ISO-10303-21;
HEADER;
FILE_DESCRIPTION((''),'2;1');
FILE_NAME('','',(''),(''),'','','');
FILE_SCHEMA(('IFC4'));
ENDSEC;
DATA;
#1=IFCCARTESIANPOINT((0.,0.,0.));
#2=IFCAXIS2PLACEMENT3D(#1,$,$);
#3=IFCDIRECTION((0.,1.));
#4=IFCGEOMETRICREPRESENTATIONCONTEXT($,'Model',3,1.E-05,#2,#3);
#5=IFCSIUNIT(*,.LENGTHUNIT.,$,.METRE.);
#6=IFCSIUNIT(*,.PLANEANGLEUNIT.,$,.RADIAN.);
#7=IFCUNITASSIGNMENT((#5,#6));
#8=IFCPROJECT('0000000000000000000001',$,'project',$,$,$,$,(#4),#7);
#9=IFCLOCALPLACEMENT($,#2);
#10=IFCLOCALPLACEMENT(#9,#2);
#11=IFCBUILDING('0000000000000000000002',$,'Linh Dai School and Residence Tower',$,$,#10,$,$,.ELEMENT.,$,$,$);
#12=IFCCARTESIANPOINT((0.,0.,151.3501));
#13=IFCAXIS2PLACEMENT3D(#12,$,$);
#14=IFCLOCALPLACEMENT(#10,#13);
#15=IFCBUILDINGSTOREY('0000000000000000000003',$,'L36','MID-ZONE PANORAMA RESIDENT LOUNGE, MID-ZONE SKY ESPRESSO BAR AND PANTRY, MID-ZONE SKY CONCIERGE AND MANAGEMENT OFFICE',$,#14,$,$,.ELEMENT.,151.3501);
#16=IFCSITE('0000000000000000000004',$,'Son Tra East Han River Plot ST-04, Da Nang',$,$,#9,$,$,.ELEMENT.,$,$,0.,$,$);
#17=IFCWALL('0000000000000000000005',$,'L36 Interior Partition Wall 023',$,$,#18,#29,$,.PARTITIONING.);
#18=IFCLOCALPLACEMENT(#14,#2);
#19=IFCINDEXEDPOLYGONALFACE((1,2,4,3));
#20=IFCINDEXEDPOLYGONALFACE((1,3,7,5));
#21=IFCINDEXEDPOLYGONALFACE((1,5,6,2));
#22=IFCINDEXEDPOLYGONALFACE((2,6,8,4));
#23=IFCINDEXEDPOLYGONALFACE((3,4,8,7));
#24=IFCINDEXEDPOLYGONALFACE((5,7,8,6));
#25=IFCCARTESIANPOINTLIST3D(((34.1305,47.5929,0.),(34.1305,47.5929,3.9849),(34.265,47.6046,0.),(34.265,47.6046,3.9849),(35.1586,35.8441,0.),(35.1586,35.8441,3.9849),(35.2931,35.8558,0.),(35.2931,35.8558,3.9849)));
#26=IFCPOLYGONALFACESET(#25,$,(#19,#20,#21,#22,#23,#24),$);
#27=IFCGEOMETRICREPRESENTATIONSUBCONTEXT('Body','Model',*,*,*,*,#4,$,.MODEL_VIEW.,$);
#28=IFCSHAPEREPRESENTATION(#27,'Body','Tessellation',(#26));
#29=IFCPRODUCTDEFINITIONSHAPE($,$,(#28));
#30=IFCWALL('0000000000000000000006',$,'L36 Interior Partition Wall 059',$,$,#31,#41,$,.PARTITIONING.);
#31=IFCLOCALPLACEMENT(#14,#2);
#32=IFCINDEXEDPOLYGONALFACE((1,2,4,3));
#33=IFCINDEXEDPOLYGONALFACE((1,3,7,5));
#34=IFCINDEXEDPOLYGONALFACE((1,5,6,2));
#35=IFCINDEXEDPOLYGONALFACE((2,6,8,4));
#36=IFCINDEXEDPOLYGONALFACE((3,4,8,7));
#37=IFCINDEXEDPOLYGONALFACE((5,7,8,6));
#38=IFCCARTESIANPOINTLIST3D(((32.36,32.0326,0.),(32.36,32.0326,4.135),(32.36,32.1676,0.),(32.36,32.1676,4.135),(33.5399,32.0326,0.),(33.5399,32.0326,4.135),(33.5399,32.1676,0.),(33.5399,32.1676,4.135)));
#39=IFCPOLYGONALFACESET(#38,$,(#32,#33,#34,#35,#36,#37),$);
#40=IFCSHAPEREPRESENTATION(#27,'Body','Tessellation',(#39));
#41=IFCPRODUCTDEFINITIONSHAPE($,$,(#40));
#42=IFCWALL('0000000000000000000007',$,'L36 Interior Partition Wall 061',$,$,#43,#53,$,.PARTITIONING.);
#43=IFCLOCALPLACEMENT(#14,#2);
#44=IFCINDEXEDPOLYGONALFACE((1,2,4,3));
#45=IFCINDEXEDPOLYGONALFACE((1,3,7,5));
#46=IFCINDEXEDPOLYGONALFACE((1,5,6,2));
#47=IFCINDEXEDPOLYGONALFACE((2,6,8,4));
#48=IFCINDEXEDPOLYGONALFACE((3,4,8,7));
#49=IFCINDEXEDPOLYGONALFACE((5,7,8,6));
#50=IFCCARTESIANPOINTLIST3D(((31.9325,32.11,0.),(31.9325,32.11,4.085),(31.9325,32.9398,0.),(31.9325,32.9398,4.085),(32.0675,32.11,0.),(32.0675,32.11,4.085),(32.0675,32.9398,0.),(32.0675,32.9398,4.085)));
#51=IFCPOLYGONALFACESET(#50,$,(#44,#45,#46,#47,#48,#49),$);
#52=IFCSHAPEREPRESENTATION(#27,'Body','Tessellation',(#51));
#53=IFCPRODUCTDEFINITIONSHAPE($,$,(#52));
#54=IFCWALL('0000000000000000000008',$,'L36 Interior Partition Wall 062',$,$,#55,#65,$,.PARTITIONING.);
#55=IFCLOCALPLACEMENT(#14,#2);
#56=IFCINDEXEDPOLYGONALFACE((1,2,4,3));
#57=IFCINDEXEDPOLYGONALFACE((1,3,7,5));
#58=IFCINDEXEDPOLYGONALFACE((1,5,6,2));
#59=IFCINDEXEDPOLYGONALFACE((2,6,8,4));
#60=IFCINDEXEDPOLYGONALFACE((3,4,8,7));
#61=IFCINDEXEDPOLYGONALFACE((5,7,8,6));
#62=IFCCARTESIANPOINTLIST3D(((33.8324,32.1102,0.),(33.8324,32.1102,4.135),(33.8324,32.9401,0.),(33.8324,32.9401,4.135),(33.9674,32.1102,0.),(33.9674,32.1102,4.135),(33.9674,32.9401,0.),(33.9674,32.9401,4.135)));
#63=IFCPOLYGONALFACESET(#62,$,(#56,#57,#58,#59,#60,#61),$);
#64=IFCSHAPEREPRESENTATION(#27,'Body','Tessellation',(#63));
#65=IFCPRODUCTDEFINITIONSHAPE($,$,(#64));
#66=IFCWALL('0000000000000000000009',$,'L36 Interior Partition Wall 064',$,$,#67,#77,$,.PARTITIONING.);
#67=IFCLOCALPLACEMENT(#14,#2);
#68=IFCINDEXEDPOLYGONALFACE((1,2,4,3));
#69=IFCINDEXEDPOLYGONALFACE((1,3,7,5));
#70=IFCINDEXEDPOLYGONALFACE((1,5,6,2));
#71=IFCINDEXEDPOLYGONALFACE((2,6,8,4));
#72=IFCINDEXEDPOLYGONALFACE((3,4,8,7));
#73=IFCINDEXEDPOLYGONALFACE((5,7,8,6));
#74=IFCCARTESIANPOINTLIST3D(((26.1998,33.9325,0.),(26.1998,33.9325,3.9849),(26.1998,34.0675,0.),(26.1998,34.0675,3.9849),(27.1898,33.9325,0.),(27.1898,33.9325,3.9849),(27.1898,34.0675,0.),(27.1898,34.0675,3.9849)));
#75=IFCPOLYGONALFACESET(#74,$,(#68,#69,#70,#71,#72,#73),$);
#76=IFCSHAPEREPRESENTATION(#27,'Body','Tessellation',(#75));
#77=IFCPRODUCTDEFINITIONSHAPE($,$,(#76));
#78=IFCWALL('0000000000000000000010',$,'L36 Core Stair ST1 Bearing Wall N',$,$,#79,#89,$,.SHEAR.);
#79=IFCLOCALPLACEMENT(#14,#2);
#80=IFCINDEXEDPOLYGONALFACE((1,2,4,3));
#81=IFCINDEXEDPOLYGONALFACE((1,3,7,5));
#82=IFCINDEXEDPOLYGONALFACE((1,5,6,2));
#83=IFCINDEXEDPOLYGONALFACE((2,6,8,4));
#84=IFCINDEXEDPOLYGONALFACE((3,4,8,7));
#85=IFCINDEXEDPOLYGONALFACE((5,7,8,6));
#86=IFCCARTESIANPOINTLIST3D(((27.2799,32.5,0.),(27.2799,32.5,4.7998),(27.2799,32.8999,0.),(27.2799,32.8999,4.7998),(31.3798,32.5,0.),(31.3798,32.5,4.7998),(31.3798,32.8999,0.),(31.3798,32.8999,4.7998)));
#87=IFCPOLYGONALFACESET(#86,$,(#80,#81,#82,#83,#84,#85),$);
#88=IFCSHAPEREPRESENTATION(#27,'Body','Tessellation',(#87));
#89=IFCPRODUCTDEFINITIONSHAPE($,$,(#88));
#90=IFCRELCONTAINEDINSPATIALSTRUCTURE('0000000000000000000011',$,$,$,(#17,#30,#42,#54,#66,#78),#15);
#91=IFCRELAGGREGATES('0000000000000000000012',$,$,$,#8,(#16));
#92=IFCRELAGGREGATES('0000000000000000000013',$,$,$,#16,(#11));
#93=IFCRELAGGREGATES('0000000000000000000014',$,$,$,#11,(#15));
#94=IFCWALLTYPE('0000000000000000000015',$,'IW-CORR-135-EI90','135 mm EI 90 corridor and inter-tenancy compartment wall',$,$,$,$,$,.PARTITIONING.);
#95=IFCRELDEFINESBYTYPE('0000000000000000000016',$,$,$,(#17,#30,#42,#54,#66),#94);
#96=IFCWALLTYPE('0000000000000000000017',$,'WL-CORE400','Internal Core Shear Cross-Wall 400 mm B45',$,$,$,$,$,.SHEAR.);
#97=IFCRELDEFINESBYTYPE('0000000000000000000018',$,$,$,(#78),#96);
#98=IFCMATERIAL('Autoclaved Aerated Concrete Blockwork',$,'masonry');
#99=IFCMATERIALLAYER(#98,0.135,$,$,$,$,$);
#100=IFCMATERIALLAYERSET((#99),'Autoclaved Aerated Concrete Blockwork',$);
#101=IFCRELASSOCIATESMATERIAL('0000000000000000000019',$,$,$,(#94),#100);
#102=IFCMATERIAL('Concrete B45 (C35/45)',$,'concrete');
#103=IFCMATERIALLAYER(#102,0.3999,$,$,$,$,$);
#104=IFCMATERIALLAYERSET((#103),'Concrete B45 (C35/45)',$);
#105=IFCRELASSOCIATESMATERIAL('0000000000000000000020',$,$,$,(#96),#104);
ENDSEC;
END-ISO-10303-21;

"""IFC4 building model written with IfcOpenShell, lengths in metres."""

from ifc_helpers import new_model, si_unit, direction, frame, frame_2d, origin, place, context, subcontext, project, spatial, rectangle, extrude, material, layer, layer_set, type_object, element, save


model = new_model("IFC4")

# Units and contexts
model_context = context("Model", 3, precision=1e-05, world=origin(), true_north=direction((0.0, 1.0)))
body_context = subcontext(model_context, "Body", "Model", "MODEL_VIEW")
ifc_project = project(units=[si_unit("LENGTHUNIT", "METRE"), si_unit("PLANEANGLEUNIT", "RADIAN")], contexts=[model_context])

# Site, building, storey
site_placement = place(None, origin())
site = spatial("IfcSite", under=ifc_project, at=site_placement, Name="Son Tra East Han River Plot ST-04, Da Nang", CompositionType="ELEMENT", RefElevation=0.0)
building_placement = place(site_placement, origin())
building = spatial("IfcBuilding", under=site, at=building_placement, Name="Linh Dai School and Residence Tower", CompositionType="ELEMENT")
storey_placement = place(building_placement, frame((0.0, 0.0, 151.3501)))
storey = spatial("IfcBuildingStorey", under=building, at=storey_placement, Name="L36", Description="MID-ZONE PANORAMA RESIDENT LOUNGE, MID-ZONE SKY ESPRESSO BAR AND PANTRY, MID-ZONE SKY CONCIERGE AND MANAGEMENT OFFICE", CompositionType="ELEMENT", Elevation=151.3501)

# Walls
ifc_material_1 = material(Name="Autoclaved Aerated Concrete Blockwork", Category="masonry")
ifc_layer_1 = layer(ifc_material_1, 0.135)
ifc_layer_set_1 = layer_set([ifc_layer_1], Name="Autoclaved Aerated Concrete Blockwork")
wall_type_1 = type_object("IfcWallType", Name="IW-CORR-135-EI90", Description="135 mm EI 90 corridor and inter-tenancy compartment wall", PredefinedType="PARTITIONING", material=ifc_layer_set_1)
wall_1_placement = place(storey_placement, frame((34.1978, 47.5989, 0.0), z_axis=(0.0, 0.0, 1.0), x_axis=(0.087172, -0.996193, 0.0)))
element("IfcWall", 1, at=wall_1_placement, inside=storey, type_object=wall_type_1, Name="L36 Interior Partition Wall 023", PredefinedType="PARTITIONING", context=body_context, shape_type="SweptSolid", body=[
    extrude(rectangle(XDim=11.7937, YDim=0.135, at=frame_2d((5.897, 0.0))), origin(), (0.0, 0.0, 1.0), 3.9849),
])
wall_2_placement = place(storey_placement, frame((32.3601, 32.1001, 0.0), z_axis=(0.0, 0.0, 1.0), x_axis=(1.0, 0.0, 0.0)))
element("IfcWall", 2, at=wall_2_placement, inside=storey, type_object=wall_type_1, Name="L36 Interior Partition Wall 059", PredefinedType="PARTITIONING", context=body_context, shape_type="SweptSolid", body=[
    extrude(rectangle(XDim=1.1799, YDim=0.135, at=frame_2d((0.5898, 0.0))), origin(), (0.0, 0.0, 1.0), 4.135),
])
wall_3_placement = place(storey_placement, frame((32.0, 32.9399, 0.0), z_axis=(0.0, 0.0, 1.0), x_axis=(0.0, -1.0, 0.0)))
element("IfcWall", 3, at=wall_3_placement, inside=storey, type_object=wall_type_1, Name="L36 Interior Partition Wall 061", PredefinedType="PARTITIONING", context=body_context, shape_type="SweptSolid", body=[
    extrude(rectangle(XDim=0.8298, YDim=0.135, at=frame_2d((0.415, 0.0))), origin(), (0.0, 0.0, 1.0), 4.085),
])
wall_4_placement = place(storey_placement, frame((33.8999, 32.1101, 0.0), z_axis=(0.0, 0.0, 1.0), x_axis=(0.0, 1.0, 0.0)))
element("IfcWall", 4, at=wall_4_placement, inside=storey, type_object=wall_type_1, Name="L36 Interior Partition Wall 062", PredefinedType="PARTITIONING", context=body_context, shape_type="SweptSolid", body=[
    extrude(rectangle(XDim=0.8298, YDim=0.135, at=frame_2d((0.415, 0.0))), origin(), (0.0, 0.0, 1.0), 4.135),
])
wall_5_placement = place(storey_placement, frame((27.1899, 34.0, 0.0), z_axis=(0.0, 0.0, 1.0), x_axis=(-1.0, 0.0, 0.0)))
element("IfcWall", 5, at=wall_5_placement, inside=storey, type_object=wall_type_1, Name="L36 Interior Partition Wall 064", PredefinedType="PARTITIONING", context=body_context, shape_type="SweptSolid", body=[
    extrude(rectangle(XDim=0.99, YDim=0.135, at=frame_2d((0.4951, 0.0))), origin(), (0.0, 0.0, 1.0), 3.9849),
])
ifc_material_2 = material(Name="Concrete B45 (C35/45)", Category="concrete")
ifc_layer_2 = layer(ifc_material_2, 0.3999)
ifc_layer_set_2 = layer_set([ifc_layer_2], Name="Concrete B45 (C35/45)")
wall_type_2 = type_object("IfcWallType", Name="WL-CORE400", Description="Internal Core Shear Cross-Wall 400 mm B45", PredefinedType="SHEAR", material=ifc_layer_set_2)
wall_6_placement = place(storey_placement, frame((27.28, 32.7, 0.0), z_axis=(0.0, 0.0, 1.0), x_axis=(1.0, 0.0, 0.0)))
element("IfcWall", 6, at=wall_6_placement, inside=storey, type_object=wall_type_2, Name="L36 Core Stair ST1 Bearing Wall N", PredefinedType="SHEAR", context=body_context, shape_type="SweptSolid", body=[
    extrude(rectangle(XDim=4.0999, YDim=0.3999, at=frame_2d((2.0498, 0.0))), origin(), (0.0, 0.0, 1.0), 4.7998),
])

save(model, "model.ifc")
